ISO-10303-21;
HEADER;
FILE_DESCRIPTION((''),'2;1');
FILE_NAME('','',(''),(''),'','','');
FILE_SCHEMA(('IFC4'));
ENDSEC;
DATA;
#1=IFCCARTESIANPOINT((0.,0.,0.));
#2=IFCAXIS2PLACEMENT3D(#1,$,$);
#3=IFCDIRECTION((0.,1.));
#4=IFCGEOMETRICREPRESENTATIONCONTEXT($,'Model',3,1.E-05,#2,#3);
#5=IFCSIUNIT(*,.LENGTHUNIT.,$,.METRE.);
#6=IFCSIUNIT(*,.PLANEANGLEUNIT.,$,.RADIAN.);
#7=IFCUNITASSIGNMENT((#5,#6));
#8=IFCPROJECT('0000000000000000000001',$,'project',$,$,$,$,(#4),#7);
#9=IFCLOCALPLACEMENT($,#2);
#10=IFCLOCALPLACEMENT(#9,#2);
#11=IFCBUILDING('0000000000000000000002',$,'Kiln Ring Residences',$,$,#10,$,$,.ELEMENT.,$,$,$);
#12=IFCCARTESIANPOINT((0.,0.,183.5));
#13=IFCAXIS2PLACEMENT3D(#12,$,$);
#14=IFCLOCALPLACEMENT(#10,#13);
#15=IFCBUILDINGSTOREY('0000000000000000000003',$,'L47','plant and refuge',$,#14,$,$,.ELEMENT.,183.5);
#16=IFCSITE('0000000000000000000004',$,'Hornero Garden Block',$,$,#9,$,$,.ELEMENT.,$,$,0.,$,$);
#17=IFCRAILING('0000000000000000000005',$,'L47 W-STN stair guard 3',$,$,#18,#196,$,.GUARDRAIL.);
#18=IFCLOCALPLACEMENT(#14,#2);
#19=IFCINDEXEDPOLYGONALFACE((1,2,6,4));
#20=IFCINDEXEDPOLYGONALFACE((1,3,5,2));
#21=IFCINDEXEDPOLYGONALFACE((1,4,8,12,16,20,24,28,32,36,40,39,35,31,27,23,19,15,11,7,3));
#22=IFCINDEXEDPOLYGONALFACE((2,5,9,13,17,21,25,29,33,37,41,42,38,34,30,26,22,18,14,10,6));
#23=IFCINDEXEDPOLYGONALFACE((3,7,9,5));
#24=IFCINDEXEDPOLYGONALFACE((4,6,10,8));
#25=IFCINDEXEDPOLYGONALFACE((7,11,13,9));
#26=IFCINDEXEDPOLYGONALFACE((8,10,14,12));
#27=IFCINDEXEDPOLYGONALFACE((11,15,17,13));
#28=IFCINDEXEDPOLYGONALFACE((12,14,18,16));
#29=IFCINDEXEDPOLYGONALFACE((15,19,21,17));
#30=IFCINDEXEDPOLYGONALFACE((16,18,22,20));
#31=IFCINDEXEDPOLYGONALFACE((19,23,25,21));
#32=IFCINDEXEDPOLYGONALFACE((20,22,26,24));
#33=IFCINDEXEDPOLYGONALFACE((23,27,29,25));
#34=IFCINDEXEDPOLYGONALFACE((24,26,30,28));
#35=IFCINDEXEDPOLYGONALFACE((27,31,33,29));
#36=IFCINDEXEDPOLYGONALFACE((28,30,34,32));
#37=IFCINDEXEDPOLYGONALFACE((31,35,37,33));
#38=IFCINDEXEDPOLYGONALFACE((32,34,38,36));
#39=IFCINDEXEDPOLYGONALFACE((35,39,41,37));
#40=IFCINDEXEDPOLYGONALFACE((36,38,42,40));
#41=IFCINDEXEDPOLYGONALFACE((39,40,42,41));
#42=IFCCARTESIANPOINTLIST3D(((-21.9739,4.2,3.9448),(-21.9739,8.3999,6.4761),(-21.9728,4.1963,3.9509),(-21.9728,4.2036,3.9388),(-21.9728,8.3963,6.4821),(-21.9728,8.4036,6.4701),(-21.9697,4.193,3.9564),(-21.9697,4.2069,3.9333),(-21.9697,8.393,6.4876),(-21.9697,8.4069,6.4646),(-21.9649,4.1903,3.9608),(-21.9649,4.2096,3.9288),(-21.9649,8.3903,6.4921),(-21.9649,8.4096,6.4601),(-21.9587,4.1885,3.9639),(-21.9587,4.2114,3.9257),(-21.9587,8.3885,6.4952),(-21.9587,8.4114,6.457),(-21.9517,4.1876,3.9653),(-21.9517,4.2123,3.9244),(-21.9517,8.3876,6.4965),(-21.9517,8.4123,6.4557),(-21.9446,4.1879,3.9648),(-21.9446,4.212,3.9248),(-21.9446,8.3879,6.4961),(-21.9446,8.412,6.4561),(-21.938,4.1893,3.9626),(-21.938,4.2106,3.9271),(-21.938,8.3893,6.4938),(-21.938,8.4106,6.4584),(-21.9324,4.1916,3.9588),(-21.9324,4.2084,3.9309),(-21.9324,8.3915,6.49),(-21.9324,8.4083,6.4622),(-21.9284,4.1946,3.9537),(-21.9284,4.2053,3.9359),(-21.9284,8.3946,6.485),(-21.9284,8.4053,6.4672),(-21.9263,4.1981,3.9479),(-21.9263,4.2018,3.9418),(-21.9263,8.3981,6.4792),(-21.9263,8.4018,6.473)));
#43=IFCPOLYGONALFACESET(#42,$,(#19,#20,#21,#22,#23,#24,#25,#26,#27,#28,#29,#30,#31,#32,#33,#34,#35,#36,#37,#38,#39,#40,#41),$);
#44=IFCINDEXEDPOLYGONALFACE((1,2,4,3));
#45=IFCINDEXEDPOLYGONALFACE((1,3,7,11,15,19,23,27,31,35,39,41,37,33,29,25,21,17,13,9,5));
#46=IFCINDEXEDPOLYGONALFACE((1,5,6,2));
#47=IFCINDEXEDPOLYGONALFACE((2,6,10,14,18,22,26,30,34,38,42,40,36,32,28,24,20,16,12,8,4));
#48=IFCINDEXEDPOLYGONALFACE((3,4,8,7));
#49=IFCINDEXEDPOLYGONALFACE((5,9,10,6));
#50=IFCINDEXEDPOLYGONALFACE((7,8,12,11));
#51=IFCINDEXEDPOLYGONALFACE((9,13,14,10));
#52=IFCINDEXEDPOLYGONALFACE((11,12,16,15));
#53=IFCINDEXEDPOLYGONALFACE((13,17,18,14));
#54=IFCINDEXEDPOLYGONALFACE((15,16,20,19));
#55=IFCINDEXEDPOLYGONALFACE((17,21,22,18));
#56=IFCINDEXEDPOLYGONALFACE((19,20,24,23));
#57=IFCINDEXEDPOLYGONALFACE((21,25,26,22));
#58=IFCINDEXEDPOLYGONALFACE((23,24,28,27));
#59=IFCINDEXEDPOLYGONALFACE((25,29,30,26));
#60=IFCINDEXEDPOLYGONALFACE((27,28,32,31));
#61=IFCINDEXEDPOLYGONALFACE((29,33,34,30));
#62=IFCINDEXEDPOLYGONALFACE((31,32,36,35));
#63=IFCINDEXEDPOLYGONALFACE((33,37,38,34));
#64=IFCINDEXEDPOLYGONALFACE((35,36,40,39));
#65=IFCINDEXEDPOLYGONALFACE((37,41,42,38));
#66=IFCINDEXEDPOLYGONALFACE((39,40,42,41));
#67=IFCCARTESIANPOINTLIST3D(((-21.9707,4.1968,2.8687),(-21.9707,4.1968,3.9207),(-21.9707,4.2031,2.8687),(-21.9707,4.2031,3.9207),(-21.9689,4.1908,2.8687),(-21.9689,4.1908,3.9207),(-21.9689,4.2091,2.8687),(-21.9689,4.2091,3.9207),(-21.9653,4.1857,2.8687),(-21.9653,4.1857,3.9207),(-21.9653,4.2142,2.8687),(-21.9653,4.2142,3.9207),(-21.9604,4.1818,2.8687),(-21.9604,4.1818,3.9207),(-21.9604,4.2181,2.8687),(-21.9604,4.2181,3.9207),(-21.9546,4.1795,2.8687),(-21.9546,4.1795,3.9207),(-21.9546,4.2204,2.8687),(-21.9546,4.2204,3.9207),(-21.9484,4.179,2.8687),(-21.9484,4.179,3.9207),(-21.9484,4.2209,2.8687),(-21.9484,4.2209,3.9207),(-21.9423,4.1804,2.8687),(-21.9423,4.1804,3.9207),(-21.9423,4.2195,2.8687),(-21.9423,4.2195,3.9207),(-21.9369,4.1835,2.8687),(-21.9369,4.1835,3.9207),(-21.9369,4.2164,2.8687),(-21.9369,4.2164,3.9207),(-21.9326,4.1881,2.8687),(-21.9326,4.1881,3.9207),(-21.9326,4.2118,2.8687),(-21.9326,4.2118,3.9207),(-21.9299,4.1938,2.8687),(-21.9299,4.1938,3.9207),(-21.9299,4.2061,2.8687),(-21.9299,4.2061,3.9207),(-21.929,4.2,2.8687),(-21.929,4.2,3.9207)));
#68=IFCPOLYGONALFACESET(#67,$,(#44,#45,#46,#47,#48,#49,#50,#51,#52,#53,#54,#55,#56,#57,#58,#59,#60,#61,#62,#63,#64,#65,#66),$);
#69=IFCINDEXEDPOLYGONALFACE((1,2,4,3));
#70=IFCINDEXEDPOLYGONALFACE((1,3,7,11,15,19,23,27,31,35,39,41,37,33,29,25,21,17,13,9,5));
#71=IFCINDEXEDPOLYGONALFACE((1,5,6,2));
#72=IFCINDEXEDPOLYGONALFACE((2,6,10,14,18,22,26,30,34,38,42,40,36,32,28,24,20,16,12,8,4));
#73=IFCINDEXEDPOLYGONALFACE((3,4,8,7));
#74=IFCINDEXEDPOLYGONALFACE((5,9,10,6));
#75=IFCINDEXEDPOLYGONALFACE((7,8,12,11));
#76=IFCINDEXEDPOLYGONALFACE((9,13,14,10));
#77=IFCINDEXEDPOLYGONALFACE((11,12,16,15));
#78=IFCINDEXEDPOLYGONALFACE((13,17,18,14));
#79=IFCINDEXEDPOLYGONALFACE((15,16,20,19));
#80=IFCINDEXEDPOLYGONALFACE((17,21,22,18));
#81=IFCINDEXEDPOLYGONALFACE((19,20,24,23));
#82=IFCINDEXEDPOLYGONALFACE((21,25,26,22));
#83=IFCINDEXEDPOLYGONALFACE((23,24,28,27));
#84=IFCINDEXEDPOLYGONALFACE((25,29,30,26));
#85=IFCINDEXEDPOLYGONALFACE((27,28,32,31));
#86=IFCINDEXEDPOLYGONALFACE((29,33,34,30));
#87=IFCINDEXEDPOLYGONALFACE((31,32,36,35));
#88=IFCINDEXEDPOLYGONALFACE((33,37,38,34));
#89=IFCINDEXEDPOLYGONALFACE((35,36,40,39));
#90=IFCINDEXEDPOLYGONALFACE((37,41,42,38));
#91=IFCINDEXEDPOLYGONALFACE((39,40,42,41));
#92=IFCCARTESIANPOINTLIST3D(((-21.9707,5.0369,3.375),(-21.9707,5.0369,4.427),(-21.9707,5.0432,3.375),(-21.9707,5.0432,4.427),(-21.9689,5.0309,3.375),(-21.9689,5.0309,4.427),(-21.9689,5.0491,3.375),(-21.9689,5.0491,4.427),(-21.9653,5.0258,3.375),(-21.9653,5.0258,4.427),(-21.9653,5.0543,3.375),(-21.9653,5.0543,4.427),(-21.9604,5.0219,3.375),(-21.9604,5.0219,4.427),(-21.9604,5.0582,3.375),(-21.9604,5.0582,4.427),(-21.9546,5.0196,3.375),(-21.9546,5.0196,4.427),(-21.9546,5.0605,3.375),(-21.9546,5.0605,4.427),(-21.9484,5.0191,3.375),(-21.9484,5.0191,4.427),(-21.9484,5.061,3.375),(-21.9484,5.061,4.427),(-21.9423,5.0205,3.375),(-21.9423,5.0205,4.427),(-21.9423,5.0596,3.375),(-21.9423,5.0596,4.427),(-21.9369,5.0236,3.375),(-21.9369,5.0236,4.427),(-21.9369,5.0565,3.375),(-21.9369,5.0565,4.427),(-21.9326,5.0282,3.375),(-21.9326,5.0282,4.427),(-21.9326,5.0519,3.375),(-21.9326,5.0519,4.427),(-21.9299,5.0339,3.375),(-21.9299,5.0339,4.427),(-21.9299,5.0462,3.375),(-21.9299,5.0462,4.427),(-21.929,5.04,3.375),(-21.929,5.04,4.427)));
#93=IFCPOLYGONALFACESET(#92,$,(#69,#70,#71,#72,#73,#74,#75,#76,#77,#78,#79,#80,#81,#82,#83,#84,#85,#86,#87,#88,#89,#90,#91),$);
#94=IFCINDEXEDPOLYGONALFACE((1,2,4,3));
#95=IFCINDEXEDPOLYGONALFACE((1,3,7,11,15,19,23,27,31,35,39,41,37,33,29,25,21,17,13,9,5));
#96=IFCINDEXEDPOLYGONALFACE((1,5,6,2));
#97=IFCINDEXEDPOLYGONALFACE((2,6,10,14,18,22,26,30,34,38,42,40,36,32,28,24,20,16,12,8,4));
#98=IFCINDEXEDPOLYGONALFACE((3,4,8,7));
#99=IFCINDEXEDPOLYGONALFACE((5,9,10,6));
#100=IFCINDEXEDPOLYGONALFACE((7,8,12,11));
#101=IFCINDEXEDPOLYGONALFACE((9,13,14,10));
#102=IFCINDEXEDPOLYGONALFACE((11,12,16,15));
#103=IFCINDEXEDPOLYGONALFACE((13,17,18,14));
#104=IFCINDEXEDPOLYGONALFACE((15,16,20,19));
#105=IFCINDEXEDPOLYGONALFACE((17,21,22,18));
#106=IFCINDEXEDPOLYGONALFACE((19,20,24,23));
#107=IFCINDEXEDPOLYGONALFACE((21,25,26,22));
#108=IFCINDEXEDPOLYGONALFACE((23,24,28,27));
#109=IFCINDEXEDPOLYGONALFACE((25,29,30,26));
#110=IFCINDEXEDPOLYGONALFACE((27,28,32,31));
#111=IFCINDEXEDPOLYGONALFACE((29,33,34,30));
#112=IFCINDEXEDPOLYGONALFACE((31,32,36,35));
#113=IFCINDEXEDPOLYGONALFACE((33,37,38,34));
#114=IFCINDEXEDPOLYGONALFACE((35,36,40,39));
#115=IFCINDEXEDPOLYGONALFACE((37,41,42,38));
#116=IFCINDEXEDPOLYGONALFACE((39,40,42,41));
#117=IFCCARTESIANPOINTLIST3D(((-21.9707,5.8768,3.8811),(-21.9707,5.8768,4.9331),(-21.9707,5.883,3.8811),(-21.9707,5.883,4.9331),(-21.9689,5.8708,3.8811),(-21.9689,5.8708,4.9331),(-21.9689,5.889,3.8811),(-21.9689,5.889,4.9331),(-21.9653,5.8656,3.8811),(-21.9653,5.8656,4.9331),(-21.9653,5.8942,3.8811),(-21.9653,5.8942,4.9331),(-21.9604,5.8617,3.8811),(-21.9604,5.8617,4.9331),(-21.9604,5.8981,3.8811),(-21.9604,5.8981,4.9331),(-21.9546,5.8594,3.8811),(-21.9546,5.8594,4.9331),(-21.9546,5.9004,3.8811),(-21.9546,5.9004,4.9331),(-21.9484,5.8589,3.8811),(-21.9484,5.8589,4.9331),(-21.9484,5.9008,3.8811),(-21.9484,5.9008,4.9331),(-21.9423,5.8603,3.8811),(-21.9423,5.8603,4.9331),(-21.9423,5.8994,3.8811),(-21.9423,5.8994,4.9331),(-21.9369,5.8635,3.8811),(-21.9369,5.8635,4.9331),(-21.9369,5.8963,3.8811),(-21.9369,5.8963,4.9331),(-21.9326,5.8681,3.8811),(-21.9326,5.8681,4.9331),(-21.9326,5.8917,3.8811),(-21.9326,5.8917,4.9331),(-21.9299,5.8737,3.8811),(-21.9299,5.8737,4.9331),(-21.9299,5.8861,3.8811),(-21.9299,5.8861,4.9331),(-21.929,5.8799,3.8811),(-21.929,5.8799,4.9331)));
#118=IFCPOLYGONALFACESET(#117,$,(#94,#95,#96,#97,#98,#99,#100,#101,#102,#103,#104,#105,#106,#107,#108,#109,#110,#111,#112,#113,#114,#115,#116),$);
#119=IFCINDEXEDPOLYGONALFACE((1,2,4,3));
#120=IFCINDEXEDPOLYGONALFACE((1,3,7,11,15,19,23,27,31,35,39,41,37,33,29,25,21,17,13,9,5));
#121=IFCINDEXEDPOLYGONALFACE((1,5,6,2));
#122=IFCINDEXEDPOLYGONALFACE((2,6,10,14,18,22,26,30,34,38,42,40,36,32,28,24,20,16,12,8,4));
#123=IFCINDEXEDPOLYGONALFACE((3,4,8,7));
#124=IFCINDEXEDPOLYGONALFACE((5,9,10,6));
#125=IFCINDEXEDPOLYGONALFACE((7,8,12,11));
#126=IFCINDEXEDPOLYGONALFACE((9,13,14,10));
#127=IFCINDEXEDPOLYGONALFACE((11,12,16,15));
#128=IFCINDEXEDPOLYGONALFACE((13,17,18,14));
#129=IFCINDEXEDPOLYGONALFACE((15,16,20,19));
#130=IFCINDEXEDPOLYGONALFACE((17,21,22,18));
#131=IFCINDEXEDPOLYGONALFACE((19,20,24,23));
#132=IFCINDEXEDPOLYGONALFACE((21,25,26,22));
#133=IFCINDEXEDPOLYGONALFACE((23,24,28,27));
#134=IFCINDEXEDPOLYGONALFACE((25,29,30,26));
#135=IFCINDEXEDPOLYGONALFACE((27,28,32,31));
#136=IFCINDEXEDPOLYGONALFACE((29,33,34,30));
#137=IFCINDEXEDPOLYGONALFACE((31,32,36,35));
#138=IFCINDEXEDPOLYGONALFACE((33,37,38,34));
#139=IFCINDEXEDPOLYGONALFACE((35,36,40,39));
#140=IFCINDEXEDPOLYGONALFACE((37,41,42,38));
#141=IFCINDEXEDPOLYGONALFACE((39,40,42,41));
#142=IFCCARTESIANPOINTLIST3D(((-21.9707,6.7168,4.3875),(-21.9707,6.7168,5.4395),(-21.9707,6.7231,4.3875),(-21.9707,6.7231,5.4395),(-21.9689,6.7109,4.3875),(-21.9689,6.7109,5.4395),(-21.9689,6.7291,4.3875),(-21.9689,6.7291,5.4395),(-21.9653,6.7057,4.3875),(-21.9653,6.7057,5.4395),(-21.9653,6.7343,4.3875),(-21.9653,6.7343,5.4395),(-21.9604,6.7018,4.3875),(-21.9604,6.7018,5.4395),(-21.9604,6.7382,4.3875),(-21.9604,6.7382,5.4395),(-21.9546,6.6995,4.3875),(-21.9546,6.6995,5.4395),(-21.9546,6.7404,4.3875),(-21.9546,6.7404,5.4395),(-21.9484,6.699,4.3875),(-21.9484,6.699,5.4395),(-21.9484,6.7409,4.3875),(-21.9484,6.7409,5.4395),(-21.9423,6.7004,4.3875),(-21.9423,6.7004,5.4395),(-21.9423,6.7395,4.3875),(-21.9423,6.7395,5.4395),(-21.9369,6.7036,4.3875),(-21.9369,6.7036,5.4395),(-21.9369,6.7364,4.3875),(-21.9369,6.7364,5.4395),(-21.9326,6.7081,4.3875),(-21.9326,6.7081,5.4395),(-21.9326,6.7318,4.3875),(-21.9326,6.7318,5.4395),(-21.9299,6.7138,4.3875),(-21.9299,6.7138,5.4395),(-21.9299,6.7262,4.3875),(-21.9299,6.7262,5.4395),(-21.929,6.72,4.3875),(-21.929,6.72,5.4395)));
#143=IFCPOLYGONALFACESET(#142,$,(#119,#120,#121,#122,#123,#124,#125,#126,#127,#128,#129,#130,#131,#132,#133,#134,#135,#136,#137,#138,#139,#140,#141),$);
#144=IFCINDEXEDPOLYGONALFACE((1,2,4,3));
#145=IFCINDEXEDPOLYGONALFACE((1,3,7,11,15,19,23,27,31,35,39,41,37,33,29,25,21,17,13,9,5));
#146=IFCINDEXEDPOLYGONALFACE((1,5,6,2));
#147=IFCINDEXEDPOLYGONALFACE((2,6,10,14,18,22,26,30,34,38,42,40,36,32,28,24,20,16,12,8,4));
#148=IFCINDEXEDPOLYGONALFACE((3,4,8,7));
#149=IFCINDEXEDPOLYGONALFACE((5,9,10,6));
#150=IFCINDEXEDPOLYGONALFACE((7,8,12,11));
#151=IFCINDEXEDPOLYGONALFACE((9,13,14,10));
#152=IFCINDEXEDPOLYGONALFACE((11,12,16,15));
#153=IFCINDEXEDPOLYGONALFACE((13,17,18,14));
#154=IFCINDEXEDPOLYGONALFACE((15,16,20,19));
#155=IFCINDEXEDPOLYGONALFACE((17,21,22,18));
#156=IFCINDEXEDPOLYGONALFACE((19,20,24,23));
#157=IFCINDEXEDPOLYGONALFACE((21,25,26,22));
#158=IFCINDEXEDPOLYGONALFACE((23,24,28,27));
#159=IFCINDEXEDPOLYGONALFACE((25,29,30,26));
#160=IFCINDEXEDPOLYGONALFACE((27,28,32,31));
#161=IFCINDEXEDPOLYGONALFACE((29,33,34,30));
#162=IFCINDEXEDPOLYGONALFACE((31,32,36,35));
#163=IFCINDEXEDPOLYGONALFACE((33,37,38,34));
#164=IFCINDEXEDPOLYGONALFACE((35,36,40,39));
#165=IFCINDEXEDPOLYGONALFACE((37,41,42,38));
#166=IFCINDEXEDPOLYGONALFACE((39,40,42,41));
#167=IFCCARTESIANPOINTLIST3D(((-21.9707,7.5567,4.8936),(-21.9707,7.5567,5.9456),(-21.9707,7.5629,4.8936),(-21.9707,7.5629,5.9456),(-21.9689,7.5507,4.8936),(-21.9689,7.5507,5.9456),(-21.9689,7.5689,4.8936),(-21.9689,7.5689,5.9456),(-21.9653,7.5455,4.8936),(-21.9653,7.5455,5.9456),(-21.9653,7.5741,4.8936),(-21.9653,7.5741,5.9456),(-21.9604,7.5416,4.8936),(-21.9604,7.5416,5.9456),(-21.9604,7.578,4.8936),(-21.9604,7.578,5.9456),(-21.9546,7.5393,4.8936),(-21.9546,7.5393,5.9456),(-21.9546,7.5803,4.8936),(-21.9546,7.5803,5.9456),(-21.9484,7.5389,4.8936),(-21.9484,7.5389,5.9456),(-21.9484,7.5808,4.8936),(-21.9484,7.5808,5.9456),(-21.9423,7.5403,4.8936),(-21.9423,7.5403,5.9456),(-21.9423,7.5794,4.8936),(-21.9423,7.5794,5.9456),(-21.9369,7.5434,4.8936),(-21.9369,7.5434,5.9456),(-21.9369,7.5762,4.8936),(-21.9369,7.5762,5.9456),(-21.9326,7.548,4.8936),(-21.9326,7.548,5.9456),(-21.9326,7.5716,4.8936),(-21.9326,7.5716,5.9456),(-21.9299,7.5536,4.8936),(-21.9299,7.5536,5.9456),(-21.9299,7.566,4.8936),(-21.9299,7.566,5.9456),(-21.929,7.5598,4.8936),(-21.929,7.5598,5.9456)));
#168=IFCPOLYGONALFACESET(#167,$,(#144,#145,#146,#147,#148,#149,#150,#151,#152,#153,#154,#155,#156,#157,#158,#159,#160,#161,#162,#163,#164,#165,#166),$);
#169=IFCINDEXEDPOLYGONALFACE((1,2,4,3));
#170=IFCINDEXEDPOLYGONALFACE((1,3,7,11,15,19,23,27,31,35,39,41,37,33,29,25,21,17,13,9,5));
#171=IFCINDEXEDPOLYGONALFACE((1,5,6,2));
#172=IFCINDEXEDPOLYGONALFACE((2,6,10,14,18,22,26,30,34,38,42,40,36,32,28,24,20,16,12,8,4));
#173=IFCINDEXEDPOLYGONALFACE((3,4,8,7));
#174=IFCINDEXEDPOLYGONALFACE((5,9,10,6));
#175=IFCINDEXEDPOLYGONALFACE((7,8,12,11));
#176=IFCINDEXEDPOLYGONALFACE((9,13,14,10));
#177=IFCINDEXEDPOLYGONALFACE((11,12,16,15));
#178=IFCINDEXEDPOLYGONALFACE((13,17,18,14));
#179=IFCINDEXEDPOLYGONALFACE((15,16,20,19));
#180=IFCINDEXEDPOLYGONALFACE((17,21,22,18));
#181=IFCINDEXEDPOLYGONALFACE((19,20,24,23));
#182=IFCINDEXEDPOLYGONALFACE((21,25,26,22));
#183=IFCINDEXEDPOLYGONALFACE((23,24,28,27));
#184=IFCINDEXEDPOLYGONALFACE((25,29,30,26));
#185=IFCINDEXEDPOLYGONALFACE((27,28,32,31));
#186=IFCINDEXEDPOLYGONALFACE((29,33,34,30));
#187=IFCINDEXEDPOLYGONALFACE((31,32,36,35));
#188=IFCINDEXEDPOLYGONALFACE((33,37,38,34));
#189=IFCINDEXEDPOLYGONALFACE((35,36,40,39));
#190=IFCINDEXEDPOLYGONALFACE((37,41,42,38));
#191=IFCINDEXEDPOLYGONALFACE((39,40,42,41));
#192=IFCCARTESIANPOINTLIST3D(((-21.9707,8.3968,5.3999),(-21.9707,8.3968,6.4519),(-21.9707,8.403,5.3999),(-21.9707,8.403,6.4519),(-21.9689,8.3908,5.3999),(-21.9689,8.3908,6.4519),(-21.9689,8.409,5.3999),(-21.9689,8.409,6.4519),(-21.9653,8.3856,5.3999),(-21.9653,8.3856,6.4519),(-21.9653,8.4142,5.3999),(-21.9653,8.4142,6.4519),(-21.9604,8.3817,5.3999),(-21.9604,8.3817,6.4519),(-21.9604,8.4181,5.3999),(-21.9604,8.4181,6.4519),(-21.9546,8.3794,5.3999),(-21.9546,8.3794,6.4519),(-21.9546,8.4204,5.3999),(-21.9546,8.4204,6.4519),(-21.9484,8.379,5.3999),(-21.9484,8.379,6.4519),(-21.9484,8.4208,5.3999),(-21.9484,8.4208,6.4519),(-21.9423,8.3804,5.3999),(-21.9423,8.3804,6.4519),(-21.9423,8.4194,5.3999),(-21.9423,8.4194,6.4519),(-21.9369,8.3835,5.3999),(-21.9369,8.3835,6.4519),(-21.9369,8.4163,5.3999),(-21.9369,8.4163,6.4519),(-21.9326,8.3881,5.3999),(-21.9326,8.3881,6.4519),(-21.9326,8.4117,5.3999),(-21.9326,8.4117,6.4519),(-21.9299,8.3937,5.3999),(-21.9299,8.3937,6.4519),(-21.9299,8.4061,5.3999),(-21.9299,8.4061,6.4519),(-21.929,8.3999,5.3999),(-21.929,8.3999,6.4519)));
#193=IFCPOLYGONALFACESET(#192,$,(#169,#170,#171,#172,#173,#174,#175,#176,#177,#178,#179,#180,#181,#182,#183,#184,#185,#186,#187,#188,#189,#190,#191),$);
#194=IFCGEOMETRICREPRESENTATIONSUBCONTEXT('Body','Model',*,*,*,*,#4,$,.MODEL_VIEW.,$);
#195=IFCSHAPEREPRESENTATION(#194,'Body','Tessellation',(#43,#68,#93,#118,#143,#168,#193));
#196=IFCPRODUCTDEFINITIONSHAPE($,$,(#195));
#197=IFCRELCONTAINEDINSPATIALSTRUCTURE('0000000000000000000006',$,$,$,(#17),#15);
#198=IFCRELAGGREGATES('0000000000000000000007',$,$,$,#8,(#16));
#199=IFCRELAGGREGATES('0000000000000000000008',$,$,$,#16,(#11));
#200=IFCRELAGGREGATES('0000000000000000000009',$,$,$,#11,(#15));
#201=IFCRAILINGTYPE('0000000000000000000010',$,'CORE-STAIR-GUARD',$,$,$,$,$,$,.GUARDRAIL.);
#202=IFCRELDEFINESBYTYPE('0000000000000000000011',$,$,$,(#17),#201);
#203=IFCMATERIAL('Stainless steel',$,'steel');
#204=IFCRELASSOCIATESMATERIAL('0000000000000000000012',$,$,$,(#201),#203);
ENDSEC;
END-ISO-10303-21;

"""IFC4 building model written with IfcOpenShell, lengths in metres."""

from ifc_helpers import new_model, si_unit, direction, frame, origin, origin_2d, place, context, subcontext, project, spatial, circle, extrude, material, type_object, element, save


model = new_model("IFC4")

# Units and contexts
model_context = context("Model", 3, precision=1e-05, world=origin(), true_north=direction((0.0, 1.0)))
body_context = subcontext(model_context, "Body", "Model", "MODEL_VIEW")
ifc_project = project(units=[si_unit("LENGTHUNIT", "METRE"), si_unit("PLANEANGLEUNIT", "RADIAN")], contexts=[model_context])

# Site, building, storey
site_placement = place(None, origin())
site = spatial("IfcSite", under=ifc_project, at=site_placement, Name="Hornero Garden Block", CompositionType="ELEMENT", RefElevation=0.0)
building_placement = place(site_placement, origin())
building = spatial("IfcBuilding", under=site, at=building_placement, Name="Kiln Ring Residences", CompositionType="ELEMENT")
storey_placement = place(building_placement, frame((0.0, 0.0, 183.5)))
storey = spatial("IfcBuildingStorey", under=building, at=storey_placement, Name="L47", Description="plant and refuge", CompositionType="ELEMENT", Elevation=183.5)

# Railing
ifc_material_1 = material(Name="Stainless steel", Category="steel")
railing_type_1 = type_object("IfcRailingType", Name="CORE-STAIR-GUARD", PredefinedType="GUARDRAIL", material=ifc_material_1)
railing_1_placement = place(storey_placement, frame((-21.95, 4.2, 2.8687)))
element("IfcRailing", 1, at=railing_1_placement, inside=storey, type_object=railing_type_1, Name="L47 W-STN stair guard 3", PredefinedType="GUARDRAIL", context=body_context, shape_type="SweptSolid", body=[
    extrude(circle(Radius=0.0239, at=origin_2d()), frame((0.0, 0.0, 1.0762), z_axis=(0.0, 0.856476, 0.516186), x_axis=(-1.0, 0.0, 0.0)), (0.0, 0.0, 1.0), 4.9038),
    extrude(circle(Radius=0.021, at=origin_2d()), origin(), (0.0, 0.0, 1.0), 1.052),
    extrude(circle(Radius=0.021, at=origin_2d()), frame((0.0, 0.8401, 0.5063)), (0.0, 0.0, 1.0), 1.052),
    extrude(circle(Radius=0.021, at=origin_2d()), frame((0.0, 1.6799, 1.0125)), (0.0, 0.0, 1.0), 1.052),
    extrude(circle(Radius=0.021, at=origin_2d()), frame((0.0, 2.52, 1.5188)), (0.0, 0.0, 1.0), 1.052),
    extrude(circle(Radius=0.021, at=origin_2d()), frame((0.0, 3.3599, 2.0249)), (0.0, 0.0, 1.0), 1.052),
    extrude(circle(Radius=0.021, at=origin_2d()), frame((0.0, 4.2, 2.5312)), (0.0, 0.0, 1.0), 1.052),
])

save(model, "model.ifc")
